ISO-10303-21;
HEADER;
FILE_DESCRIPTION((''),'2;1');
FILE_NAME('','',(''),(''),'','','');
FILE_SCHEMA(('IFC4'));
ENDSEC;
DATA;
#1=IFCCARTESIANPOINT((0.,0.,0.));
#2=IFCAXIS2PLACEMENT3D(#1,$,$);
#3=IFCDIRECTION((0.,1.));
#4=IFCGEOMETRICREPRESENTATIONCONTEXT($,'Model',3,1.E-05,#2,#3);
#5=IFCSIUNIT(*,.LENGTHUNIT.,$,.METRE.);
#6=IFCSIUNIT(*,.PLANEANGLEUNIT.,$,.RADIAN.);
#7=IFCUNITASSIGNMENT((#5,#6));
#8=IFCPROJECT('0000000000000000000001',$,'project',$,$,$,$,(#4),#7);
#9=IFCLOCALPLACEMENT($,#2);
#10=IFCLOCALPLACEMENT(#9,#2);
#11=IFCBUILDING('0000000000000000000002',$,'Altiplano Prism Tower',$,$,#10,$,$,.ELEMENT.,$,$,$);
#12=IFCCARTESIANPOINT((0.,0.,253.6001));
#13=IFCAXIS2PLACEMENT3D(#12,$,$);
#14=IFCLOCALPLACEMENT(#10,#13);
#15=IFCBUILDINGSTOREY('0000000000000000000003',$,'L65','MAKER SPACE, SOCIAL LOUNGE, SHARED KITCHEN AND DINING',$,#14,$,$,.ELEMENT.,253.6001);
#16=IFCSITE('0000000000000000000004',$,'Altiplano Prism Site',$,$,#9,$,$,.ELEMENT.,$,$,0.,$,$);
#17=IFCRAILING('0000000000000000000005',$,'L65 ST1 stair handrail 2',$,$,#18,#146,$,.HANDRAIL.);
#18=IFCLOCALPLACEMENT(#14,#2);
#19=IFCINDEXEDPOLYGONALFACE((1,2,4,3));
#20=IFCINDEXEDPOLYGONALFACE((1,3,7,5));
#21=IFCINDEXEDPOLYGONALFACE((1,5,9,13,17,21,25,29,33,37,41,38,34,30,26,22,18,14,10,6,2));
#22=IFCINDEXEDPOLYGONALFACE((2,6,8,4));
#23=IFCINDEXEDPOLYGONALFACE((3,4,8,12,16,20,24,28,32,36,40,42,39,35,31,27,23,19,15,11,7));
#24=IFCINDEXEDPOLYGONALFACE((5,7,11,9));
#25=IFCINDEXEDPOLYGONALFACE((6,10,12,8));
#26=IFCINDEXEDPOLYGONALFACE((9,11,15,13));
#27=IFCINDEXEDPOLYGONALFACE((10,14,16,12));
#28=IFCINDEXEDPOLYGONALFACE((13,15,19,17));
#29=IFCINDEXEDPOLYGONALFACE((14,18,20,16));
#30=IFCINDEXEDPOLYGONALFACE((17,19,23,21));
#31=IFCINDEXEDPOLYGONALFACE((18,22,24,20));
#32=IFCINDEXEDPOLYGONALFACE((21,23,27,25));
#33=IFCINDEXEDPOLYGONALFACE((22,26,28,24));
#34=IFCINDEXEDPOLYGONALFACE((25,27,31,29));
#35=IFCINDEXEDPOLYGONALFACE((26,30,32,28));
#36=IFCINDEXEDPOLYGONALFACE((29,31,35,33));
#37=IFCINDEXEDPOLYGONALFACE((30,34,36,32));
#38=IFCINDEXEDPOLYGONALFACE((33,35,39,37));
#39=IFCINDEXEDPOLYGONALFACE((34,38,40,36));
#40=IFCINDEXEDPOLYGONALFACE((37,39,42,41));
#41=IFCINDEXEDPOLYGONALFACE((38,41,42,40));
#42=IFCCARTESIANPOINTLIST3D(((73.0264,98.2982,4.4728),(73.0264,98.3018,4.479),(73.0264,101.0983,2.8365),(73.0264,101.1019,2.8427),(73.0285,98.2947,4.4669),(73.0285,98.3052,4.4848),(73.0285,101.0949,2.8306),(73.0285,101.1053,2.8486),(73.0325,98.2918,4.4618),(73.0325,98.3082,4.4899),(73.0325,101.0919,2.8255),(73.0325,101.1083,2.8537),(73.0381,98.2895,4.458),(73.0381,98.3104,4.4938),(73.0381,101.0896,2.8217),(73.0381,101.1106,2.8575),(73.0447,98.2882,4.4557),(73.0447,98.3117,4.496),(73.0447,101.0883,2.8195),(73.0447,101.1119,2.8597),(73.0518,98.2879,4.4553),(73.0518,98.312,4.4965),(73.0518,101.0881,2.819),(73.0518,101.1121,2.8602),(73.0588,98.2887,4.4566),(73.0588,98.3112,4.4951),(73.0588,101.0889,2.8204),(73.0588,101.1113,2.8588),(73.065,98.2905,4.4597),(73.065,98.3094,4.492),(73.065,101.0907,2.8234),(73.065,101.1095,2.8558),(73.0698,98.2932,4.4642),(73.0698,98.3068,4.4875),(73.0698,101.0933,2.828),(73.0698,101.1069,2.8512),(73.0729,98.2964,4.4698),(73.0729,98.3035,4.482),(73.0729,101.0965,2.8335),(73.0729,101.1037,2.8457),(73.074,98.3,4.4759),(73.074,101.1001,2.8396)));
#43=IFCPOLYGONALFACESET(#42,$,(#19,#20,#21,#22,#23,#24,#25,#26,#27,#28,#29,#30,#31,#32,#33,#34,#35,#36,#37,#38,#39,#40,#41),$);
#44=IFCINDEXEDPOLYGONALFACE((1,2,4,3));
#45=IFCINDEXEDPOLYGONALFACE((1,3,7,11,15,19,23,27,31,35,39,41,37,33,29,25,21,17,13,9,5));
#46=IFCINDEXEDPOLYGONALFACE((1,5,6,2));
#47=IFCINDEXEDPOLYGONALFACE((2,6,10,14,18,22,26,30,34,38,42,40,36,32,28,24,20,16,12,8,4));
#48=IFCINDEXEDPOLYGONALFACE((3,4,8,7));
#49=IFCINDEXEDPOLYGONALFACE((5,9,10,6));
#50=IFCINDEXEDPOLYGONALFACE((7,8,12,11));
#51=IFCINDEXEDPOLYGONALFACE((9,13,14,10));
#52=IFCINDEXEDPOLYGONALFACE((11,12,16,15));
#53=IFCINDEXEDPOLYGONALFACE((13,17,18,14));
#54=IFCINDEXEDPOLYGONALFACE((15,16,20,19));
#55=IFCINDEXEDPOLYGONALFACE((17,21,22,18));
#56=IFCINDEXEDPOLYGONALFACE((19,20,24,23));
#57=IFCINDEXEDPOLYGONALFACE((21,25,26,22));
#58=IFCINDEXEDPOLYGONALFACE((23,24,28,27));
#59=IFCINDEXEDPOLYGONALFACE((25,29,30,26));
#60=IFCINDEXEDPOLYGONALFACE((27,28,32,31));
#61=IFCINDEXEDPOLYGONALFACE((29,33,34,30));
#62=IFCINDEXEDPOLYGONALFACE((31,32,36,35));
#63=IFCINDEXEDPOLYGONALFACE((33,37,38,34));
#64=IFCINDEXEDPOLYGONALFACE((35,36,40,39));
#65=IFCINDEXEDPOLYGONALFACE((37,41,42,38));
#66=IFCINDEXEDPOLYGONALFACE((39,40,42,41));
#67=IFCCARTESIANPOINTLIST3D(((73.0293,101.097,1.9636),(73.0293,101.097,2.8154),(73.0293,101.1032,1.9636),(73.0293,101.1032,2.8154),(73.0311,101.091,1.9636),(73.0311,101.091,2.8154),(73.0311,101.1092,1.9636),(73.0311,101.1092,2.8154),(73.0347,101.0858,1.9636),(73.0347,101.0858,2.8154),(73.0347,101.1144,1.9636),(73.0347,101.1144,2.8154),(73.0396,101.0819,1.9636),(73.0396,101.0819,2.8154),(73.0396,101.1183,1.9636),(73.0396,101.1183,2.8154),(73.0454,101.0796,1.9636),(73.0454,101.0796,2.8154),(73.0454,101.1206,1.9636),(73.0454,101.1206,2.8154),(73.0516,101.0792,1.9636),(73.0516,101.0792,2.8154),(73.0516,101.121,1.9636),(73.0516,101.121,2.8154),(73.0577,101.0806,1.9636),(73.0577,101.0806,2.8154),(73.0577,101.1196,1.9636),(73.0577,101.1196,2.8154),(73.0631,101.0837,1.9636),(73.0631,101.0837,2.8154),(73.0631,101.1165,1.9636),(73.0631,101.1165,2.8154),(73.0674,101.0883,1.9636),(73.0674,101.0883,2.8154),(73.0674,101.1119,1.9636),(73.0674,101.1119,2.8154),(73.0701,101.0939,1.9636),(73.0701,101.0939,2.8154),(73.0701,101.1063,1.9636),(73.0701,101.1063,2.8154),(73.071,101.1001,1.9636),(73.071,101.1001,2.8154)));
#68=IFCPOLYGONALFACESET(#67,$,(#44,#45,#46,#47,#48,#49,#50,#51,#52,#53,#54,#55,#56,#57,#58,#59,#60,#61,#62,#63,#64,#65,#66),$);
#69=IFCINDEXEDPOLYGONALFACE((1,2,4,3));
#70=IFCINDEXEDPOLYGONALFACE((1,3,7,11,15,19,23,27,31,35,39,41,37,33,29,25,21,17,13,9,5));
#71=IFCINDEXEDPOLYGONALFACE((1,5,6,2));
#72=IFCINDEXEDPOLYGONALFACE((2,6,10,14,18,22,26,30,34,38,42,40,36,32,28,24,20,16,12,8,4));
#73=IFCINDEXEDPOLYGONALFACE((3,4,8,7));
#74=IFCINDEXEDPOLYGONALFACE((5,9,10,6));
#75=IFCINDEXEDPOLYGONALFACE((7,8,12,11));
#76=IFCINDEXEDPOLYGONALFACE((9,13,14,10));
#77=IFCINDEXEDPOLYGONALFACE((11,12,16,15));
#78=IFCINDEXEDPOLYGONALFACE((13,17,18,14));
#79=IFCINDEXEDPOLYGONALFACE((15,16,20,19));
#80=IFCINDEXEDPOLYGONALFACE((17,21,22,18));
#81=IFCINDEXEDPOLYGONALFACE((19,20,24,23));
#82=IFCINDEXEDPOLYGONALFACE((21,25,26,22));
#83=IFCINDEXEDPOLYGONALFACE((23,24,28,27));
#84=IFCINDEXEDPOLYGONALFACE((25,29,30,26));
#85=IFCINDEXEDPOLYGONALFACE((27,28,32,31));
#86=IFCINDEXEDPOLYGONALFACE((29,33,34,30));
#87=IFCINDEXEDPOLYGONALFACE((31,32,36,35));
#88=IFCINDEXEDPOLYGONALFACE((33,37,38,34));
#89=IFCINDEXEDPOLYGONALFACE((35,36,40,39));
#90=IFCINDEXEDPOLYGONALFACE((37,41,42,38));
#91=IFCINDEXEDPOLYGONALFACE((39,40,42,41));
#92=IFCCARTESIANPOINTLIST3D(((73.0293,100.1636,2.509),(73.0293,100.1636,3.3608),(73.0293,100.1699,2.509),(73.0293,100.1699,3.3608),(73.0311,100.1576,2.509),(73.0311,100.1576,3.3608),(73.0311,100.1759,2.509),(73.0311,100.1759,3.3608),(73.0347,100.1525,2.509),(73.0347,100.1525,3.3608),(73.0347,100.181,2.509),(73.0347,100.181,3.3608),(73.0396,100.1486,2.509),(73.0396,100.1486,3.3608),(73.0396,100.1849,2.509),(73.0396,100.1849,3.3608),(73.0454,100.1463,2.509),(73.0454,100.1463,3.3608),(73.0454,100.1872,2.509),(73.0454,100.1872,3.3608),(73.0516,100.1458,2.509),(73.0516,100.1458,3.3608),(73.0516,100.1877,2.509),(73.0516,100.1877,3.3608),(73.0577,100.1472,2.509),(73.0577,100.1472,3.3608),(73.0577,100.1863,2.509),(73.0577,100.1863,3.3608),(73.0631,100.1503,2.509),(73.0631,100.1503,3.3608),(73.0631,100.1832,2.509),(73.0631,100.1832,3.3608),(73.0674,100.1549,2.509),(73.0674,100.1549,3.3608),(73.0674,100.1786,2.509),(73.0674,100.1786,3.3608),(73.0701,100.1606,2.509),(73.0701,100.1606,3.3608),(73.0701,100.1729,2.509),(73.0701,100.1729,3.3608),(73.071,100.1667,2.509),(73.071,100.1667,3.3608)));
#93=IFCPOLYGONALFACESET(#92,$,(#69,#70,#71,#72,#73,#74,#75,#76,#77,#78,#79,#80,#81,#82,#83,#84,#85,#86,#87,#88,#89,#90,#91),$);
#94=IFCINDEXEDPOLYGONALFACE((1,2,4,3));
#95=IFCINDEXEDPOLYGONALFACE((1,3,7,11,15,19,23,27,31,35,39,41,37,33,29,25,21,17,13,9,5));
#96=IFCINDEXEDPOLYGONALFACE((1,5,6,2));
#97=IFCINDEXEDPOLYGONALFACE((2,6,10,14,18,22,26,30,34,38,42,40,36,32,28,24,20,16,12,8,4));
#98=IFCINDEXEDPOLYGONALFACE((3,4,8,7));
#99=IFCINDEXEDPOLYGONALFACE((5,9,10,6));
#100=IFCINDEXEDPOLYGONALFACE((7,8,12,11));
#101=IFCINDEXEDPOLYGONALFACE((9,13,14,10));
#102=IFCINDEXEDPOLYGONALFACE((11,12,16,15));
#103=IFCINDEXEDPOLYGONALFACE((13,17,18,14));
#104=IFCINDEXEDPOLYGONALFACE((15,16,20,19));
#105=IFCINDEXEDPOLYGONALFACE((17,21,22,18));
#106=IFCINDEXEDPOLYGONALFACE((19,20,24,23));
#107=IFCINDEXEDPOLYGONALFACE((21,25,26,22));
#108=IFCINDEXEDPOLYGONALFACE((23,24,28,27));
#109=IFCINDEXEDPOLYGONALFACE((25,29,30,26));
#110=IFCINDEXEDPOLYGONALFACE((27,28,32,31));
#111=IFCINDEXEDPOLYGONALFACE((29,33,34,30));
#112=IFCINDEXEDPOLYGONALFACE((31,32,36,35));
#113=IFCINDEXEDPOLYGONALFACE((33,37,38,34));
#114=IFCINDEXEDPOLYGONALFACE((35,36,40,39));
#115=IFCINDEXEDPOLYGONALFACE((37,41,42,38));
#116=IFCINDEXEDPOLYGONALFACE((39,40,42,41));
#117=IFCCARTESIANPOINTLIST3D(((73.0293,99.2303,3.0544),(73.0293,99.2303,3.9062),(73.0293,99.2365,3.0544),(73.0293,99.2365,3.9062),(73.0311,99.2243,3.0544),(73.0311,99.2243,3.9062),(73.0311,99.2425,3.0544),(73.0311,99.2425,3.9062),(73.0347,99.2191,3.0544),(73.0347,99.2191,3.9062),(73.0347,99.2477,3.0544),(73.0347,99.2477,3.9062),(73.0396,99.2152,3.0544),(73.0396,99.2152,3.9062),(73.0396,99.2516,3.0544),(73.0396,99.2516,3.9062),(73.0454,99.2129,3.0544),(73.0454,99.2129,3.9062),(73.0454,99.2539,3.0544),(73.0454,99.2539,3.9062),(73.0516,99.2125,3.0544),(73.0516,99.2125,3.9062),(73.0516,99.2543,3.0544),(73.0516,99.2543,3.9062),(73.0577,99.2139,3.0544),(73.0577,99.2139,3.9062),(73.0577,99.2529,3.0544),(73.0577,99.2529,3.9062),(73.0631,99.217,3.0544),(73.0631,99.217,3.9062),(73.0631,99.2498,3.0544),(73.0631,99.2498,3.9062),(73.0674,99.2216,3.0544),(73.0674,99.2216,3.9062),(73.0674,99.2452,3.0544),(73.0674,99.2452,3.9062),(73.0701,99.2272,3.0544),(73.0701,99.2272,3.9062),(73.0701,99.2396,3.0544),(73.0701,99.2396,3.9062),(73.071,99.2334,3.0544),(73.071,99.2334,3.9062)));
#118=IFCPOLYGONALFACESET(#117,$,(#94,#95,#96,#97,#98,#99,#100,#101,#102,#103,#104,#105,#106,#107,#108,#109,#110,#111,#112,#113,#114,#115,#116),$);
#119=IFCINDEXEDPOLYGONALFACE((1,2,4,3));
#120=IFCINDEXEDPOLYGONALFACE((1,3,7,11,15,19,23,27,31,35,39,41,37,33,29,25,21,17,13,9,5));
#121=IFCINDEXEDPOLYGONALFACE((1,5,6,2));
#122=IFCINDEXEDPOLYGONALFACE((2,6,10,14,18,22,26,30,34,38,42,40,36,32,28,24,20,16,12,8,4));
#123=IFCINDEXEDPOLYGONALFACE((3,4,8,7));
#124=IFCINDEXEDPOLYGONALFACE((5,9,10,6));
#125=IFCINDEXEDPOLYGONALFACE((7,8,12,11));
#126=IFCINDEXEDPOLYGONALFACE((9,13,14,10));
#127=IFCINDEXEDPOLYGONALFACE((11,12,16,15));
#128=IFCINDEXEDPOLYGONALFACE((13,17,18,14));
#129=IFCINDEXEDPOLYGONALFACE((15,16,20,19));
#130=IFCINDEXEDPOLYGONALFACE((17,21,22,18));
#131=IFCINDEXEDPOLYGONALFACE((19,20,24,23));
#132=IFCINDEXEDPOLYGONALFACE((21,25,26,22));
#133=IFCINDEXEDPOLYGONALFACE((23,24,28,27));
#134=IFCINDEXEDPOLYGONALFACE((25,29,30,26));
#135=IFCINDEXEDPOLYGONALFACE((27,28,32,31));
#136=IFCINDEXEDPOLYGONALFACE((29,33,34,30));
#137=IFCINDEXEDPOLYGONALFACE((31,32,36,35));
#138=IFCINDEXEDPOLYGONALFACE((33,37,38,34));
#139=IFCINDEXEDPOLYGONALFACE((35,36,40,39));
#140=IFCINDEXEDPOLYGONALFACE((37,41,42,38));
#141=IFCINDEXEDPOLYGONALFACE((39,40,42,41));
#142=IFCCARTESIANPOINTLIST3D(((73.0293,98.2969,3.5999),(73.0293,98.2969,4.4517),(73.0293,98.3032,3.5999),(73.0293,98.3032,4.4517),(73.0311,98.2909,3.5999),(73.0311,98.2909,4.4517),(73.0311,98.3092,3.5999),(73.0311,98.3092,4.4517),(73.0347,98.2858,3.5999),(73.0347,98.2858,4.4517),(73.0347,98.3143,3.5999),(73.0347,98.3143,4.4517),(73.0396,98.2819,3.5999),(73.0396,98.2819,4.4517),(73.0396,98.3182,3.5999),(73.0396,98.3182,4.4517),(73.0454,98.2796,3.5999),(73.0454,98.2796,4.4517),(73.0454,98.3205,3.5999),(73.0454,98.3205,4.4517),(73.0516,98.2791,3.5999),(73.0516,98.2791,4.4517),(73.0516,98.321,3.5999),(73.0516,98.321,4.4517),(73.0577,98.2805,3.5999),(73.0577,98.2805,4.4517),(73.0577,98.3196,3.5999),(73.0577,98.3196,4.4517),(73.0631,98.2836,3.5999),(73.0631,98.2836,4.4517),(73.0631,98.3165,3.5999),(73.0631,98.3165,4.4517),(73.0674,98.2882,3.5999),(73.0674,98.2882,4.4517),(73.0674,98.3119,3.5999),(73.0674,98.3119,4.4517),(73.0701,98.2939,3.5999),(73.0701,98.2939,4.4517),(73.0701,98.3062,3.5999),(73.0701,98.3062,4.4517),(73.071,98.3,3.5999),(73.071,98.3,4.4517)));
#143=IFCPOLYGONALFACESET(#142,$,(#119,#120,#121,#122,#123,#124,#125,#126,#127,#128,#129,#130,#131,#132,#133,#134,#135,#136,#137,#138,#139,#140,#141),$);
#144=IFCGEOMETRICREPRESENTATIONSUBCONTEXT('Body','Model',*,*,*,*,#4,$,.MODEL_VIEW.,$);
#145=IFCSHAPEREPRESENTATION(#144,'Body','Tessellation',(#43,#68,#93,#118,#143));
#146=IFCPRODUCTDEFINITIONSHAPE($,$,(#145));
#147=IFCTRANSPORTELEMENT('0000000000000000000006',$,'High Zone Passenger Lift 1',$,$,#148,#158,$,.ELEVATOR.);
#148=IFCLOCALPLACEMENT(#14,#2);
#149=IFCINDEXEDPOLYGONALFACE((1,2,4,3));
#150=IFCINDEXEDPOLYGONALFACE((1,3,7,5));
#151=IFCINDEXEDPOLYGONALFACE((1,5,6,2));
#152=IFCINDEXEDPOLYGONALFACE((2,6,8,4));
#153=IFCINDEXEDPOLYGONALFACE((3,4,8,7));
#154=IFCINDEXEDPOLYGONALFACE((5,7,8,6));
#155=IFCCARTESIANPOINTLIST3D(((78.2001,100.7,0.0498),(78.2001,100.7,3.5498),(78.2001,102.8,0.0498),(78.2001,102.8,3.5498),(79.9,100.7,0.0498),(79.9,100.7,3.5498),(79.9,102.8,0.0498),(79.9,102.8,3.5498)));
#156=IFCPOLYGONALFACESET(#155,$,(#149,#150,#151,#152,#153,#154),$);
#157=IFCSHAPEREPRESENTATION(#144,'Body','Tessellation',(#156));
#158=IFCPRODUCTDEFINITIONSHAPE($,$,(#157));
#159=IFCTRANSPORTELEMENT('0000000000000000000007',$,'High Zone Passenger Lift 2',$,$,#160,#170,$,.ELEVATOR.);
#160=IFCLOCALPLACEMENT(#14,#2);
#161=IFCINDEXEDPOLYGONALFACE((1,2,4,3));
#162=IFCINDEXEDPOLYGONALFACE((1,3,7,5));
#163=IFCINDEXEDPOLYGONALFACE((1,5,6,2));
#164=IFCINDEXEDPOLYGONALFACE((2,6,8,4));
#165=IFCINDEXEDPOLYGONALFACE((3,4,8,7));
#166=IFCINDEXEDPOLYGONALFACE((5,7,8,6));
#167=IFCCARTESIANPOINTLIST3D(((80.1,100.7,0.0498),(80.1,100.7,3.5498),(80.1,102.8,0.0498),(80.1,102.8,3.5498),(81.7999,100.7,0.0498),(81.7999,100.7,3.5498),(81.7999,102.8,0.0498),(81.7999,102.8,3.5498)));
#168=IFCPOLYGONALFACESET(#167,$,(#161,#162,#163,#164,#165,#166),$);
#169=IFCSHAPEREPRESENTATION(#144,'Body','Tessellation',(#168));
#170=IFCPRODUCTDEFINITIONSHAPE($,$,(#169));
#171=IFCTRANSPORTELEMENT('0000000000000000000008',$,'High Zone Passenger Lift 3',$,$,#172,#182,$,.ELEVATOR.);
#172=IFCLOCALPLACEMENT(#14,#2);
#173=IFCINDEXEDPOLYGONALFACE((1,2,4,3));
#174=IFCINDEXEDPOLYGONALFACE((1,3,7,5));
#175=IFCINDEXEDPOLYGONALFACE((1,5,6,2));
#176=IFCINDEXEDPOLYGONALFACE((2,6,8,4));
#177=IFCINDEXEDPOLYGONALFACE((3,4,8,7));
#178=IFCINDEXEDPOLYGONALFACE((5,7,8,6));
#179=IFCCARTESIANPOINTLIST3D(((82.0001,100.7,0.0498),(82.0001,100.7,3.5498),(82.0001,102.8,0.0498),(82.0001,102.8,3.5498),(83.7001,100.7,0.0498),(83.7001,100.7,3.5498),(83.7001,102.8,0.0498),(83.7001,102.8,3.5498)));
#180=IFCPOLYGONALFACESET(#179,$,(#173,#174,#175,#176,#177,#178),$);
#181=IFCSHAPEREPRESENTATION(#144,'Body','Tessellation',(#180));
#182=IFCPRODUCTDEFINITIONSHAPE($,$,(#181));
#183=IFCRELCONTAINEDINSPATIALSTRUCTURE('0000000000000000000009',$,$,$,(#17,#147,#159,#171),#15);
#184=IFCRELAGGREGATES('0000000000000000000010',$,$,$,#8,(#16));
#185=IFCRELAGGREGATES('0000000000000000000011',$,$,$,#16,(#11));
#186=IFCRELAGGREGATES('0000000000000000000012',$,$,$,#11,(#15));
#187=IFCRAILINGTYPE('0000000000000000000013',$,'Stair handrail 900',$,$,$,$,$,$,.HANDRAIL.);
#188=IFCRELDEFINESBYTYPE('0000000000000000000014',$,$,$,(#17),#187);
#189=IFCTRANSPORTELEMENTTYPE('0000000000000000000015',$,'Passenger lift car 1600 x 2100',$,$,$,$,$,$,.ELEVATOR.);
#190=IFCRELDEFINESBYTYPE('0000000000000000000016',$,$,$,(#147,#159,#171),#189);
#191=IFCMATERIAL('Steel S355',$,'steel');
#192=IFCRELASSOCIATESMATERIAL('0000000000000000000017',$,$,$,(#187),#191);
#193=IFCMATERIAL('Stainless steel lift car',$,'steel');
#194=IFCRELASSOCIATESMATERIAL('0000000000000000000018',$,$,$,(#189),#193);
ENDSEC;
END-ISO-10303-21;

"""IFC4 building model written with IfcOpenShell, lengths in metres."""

from ifc_helpers import new_model, si_unit, direction, frame, origin, origin_2d, place, context, subcontext, project, spatial, rectangle, circle, extrude, material, type_object, element, save


model = new_model("IFC4")

# Units and contexts
model_context = context("Model", 3, precision=1e-05, world=origin(), true_north=direction((0.0, 1.0)))
body_context = subcontext(model_context, "Body", "Model", "MODEL_VIEW")
ifc_project = project(units=[si_unit("LENGTHUNIT", "METRE"), si_unit("PLANEANGLEUNIT", "RADIAN")], contexts=[model_context])

# Site, building, storey
site_placement = place(None, origin())
site = spatial("IfcSite", under=ifc_project, at=site_placement, Name="Altiplano Prism Site", CompositionType="ELEMENT", RefElevation=0.0)
building_placement = place(site_placement, origin())
building = spatial("IfcBuilding", under=site, at=building_placement, Name="Altiplano Prism Tower", CompositionType="ELEMENT")
storey_placement = place(building_placement, frame((0.0, 0.0, 253.6001)))
storey = spatial("IfcBuildingStorey", under=building, at=storey_placement, Name="L65", Description="MAKER SPACE, SOCIAL LOUNGE, SHARED KITCHEN AND DINING", CompositionType="ELEMENT", Elevation=253.6001)

# Railing
ifc_material_1 = material(Name="Steel S355", Category="steel")
railing_type = type_object("IfcRailingType", Name="Stair handrail 900", PredefinedType="HANDRAIL", material=ifc_material_1)
railing_placement = place(storey_placement, frame((73.05, 101.1001, 1.9636)))
element("IfcRailing", 1, at=railing_placement, inside=storey, type_object=railing_type, Name="L65 ST1 stair handrail 2", PredefinedType="HANDRAIL", context=body_context, shape_type="SweptSolid", body=[
    extrude(circle(Radius=0.0239, at=origin_2d()), frame((0.0, 0.0, 0.876), z_axis=(0.0, -0.863394, 0.504531), x_axis=(1.0, 0.0, 0.0)), (0.0, 0.0, 1.0), 3.2432),
    extrude(circle(Radius=0.021, at=origin_2d()), origin(), (0.0, 0.0, 1.0), 0.8518),
    extrude(circle(Radius=0.021, at=origin_2d()), frame((0.0, -0.9333, 0.5454)), (0.0, 0.0, 1.0), 0.8518),
    extrude(circle(Radius=0.021, at=origin_2d()), frame((0.0, -1.8667, 1.0908)), (0.0, 0.0, 1.0), 0.8518),
    extrude(circle(Radius=0.021, at=origin_2d()), frame((0.0, -2.8, 1.6362)), (0.0, 0.0, 1.0), 0.8518),
])

# Transport elements
ifc_material_2 = material(Name="Stainless steel lift car", Category="steel")
transport_element_type = type_object("IfcTransportElementType", Name="Passenger lift car 1600 x 2100", PredefinedType="ELEVATOR", material=ifc_material_2)
for number, where, z_axis, x_axis, name in (
    (2, (79.05, 101.75, 0.0498), (0.0, 0.0, 1.0), (1.0, 0.0, 0.0), "High Zone Passenger Lift 1"),
    (3, (80.95, 101.75, 0.0498), (0.0, 0.0, 1.0), (1.0, 0.0, 0.0), "High Zone Passenger Lift 2"),
    (4, (82.8501, 101.75, 0.0498), (0.0, 0.0, 1.0), (1.0, 0.0, 0.0), "High Zone Passenger Lift 3"),
):
    element("IfcTransportElement", number, at=place(storey_placement, frame(where, z_axis=z_axis, x_axis=x_axis)), inside=storey, type_object=transport_element_type, Name=name, PredefinedType="ELEVATOR", context=body_context, shape_type="SweptSolid", body=[
        extrude(rectangle(XDim=1.7, YDim=2.1001, at=origin_2d()), origin(), (0.0, 0.0, 1.0), 3.5),
    ])

save(model, "model.ifc")
